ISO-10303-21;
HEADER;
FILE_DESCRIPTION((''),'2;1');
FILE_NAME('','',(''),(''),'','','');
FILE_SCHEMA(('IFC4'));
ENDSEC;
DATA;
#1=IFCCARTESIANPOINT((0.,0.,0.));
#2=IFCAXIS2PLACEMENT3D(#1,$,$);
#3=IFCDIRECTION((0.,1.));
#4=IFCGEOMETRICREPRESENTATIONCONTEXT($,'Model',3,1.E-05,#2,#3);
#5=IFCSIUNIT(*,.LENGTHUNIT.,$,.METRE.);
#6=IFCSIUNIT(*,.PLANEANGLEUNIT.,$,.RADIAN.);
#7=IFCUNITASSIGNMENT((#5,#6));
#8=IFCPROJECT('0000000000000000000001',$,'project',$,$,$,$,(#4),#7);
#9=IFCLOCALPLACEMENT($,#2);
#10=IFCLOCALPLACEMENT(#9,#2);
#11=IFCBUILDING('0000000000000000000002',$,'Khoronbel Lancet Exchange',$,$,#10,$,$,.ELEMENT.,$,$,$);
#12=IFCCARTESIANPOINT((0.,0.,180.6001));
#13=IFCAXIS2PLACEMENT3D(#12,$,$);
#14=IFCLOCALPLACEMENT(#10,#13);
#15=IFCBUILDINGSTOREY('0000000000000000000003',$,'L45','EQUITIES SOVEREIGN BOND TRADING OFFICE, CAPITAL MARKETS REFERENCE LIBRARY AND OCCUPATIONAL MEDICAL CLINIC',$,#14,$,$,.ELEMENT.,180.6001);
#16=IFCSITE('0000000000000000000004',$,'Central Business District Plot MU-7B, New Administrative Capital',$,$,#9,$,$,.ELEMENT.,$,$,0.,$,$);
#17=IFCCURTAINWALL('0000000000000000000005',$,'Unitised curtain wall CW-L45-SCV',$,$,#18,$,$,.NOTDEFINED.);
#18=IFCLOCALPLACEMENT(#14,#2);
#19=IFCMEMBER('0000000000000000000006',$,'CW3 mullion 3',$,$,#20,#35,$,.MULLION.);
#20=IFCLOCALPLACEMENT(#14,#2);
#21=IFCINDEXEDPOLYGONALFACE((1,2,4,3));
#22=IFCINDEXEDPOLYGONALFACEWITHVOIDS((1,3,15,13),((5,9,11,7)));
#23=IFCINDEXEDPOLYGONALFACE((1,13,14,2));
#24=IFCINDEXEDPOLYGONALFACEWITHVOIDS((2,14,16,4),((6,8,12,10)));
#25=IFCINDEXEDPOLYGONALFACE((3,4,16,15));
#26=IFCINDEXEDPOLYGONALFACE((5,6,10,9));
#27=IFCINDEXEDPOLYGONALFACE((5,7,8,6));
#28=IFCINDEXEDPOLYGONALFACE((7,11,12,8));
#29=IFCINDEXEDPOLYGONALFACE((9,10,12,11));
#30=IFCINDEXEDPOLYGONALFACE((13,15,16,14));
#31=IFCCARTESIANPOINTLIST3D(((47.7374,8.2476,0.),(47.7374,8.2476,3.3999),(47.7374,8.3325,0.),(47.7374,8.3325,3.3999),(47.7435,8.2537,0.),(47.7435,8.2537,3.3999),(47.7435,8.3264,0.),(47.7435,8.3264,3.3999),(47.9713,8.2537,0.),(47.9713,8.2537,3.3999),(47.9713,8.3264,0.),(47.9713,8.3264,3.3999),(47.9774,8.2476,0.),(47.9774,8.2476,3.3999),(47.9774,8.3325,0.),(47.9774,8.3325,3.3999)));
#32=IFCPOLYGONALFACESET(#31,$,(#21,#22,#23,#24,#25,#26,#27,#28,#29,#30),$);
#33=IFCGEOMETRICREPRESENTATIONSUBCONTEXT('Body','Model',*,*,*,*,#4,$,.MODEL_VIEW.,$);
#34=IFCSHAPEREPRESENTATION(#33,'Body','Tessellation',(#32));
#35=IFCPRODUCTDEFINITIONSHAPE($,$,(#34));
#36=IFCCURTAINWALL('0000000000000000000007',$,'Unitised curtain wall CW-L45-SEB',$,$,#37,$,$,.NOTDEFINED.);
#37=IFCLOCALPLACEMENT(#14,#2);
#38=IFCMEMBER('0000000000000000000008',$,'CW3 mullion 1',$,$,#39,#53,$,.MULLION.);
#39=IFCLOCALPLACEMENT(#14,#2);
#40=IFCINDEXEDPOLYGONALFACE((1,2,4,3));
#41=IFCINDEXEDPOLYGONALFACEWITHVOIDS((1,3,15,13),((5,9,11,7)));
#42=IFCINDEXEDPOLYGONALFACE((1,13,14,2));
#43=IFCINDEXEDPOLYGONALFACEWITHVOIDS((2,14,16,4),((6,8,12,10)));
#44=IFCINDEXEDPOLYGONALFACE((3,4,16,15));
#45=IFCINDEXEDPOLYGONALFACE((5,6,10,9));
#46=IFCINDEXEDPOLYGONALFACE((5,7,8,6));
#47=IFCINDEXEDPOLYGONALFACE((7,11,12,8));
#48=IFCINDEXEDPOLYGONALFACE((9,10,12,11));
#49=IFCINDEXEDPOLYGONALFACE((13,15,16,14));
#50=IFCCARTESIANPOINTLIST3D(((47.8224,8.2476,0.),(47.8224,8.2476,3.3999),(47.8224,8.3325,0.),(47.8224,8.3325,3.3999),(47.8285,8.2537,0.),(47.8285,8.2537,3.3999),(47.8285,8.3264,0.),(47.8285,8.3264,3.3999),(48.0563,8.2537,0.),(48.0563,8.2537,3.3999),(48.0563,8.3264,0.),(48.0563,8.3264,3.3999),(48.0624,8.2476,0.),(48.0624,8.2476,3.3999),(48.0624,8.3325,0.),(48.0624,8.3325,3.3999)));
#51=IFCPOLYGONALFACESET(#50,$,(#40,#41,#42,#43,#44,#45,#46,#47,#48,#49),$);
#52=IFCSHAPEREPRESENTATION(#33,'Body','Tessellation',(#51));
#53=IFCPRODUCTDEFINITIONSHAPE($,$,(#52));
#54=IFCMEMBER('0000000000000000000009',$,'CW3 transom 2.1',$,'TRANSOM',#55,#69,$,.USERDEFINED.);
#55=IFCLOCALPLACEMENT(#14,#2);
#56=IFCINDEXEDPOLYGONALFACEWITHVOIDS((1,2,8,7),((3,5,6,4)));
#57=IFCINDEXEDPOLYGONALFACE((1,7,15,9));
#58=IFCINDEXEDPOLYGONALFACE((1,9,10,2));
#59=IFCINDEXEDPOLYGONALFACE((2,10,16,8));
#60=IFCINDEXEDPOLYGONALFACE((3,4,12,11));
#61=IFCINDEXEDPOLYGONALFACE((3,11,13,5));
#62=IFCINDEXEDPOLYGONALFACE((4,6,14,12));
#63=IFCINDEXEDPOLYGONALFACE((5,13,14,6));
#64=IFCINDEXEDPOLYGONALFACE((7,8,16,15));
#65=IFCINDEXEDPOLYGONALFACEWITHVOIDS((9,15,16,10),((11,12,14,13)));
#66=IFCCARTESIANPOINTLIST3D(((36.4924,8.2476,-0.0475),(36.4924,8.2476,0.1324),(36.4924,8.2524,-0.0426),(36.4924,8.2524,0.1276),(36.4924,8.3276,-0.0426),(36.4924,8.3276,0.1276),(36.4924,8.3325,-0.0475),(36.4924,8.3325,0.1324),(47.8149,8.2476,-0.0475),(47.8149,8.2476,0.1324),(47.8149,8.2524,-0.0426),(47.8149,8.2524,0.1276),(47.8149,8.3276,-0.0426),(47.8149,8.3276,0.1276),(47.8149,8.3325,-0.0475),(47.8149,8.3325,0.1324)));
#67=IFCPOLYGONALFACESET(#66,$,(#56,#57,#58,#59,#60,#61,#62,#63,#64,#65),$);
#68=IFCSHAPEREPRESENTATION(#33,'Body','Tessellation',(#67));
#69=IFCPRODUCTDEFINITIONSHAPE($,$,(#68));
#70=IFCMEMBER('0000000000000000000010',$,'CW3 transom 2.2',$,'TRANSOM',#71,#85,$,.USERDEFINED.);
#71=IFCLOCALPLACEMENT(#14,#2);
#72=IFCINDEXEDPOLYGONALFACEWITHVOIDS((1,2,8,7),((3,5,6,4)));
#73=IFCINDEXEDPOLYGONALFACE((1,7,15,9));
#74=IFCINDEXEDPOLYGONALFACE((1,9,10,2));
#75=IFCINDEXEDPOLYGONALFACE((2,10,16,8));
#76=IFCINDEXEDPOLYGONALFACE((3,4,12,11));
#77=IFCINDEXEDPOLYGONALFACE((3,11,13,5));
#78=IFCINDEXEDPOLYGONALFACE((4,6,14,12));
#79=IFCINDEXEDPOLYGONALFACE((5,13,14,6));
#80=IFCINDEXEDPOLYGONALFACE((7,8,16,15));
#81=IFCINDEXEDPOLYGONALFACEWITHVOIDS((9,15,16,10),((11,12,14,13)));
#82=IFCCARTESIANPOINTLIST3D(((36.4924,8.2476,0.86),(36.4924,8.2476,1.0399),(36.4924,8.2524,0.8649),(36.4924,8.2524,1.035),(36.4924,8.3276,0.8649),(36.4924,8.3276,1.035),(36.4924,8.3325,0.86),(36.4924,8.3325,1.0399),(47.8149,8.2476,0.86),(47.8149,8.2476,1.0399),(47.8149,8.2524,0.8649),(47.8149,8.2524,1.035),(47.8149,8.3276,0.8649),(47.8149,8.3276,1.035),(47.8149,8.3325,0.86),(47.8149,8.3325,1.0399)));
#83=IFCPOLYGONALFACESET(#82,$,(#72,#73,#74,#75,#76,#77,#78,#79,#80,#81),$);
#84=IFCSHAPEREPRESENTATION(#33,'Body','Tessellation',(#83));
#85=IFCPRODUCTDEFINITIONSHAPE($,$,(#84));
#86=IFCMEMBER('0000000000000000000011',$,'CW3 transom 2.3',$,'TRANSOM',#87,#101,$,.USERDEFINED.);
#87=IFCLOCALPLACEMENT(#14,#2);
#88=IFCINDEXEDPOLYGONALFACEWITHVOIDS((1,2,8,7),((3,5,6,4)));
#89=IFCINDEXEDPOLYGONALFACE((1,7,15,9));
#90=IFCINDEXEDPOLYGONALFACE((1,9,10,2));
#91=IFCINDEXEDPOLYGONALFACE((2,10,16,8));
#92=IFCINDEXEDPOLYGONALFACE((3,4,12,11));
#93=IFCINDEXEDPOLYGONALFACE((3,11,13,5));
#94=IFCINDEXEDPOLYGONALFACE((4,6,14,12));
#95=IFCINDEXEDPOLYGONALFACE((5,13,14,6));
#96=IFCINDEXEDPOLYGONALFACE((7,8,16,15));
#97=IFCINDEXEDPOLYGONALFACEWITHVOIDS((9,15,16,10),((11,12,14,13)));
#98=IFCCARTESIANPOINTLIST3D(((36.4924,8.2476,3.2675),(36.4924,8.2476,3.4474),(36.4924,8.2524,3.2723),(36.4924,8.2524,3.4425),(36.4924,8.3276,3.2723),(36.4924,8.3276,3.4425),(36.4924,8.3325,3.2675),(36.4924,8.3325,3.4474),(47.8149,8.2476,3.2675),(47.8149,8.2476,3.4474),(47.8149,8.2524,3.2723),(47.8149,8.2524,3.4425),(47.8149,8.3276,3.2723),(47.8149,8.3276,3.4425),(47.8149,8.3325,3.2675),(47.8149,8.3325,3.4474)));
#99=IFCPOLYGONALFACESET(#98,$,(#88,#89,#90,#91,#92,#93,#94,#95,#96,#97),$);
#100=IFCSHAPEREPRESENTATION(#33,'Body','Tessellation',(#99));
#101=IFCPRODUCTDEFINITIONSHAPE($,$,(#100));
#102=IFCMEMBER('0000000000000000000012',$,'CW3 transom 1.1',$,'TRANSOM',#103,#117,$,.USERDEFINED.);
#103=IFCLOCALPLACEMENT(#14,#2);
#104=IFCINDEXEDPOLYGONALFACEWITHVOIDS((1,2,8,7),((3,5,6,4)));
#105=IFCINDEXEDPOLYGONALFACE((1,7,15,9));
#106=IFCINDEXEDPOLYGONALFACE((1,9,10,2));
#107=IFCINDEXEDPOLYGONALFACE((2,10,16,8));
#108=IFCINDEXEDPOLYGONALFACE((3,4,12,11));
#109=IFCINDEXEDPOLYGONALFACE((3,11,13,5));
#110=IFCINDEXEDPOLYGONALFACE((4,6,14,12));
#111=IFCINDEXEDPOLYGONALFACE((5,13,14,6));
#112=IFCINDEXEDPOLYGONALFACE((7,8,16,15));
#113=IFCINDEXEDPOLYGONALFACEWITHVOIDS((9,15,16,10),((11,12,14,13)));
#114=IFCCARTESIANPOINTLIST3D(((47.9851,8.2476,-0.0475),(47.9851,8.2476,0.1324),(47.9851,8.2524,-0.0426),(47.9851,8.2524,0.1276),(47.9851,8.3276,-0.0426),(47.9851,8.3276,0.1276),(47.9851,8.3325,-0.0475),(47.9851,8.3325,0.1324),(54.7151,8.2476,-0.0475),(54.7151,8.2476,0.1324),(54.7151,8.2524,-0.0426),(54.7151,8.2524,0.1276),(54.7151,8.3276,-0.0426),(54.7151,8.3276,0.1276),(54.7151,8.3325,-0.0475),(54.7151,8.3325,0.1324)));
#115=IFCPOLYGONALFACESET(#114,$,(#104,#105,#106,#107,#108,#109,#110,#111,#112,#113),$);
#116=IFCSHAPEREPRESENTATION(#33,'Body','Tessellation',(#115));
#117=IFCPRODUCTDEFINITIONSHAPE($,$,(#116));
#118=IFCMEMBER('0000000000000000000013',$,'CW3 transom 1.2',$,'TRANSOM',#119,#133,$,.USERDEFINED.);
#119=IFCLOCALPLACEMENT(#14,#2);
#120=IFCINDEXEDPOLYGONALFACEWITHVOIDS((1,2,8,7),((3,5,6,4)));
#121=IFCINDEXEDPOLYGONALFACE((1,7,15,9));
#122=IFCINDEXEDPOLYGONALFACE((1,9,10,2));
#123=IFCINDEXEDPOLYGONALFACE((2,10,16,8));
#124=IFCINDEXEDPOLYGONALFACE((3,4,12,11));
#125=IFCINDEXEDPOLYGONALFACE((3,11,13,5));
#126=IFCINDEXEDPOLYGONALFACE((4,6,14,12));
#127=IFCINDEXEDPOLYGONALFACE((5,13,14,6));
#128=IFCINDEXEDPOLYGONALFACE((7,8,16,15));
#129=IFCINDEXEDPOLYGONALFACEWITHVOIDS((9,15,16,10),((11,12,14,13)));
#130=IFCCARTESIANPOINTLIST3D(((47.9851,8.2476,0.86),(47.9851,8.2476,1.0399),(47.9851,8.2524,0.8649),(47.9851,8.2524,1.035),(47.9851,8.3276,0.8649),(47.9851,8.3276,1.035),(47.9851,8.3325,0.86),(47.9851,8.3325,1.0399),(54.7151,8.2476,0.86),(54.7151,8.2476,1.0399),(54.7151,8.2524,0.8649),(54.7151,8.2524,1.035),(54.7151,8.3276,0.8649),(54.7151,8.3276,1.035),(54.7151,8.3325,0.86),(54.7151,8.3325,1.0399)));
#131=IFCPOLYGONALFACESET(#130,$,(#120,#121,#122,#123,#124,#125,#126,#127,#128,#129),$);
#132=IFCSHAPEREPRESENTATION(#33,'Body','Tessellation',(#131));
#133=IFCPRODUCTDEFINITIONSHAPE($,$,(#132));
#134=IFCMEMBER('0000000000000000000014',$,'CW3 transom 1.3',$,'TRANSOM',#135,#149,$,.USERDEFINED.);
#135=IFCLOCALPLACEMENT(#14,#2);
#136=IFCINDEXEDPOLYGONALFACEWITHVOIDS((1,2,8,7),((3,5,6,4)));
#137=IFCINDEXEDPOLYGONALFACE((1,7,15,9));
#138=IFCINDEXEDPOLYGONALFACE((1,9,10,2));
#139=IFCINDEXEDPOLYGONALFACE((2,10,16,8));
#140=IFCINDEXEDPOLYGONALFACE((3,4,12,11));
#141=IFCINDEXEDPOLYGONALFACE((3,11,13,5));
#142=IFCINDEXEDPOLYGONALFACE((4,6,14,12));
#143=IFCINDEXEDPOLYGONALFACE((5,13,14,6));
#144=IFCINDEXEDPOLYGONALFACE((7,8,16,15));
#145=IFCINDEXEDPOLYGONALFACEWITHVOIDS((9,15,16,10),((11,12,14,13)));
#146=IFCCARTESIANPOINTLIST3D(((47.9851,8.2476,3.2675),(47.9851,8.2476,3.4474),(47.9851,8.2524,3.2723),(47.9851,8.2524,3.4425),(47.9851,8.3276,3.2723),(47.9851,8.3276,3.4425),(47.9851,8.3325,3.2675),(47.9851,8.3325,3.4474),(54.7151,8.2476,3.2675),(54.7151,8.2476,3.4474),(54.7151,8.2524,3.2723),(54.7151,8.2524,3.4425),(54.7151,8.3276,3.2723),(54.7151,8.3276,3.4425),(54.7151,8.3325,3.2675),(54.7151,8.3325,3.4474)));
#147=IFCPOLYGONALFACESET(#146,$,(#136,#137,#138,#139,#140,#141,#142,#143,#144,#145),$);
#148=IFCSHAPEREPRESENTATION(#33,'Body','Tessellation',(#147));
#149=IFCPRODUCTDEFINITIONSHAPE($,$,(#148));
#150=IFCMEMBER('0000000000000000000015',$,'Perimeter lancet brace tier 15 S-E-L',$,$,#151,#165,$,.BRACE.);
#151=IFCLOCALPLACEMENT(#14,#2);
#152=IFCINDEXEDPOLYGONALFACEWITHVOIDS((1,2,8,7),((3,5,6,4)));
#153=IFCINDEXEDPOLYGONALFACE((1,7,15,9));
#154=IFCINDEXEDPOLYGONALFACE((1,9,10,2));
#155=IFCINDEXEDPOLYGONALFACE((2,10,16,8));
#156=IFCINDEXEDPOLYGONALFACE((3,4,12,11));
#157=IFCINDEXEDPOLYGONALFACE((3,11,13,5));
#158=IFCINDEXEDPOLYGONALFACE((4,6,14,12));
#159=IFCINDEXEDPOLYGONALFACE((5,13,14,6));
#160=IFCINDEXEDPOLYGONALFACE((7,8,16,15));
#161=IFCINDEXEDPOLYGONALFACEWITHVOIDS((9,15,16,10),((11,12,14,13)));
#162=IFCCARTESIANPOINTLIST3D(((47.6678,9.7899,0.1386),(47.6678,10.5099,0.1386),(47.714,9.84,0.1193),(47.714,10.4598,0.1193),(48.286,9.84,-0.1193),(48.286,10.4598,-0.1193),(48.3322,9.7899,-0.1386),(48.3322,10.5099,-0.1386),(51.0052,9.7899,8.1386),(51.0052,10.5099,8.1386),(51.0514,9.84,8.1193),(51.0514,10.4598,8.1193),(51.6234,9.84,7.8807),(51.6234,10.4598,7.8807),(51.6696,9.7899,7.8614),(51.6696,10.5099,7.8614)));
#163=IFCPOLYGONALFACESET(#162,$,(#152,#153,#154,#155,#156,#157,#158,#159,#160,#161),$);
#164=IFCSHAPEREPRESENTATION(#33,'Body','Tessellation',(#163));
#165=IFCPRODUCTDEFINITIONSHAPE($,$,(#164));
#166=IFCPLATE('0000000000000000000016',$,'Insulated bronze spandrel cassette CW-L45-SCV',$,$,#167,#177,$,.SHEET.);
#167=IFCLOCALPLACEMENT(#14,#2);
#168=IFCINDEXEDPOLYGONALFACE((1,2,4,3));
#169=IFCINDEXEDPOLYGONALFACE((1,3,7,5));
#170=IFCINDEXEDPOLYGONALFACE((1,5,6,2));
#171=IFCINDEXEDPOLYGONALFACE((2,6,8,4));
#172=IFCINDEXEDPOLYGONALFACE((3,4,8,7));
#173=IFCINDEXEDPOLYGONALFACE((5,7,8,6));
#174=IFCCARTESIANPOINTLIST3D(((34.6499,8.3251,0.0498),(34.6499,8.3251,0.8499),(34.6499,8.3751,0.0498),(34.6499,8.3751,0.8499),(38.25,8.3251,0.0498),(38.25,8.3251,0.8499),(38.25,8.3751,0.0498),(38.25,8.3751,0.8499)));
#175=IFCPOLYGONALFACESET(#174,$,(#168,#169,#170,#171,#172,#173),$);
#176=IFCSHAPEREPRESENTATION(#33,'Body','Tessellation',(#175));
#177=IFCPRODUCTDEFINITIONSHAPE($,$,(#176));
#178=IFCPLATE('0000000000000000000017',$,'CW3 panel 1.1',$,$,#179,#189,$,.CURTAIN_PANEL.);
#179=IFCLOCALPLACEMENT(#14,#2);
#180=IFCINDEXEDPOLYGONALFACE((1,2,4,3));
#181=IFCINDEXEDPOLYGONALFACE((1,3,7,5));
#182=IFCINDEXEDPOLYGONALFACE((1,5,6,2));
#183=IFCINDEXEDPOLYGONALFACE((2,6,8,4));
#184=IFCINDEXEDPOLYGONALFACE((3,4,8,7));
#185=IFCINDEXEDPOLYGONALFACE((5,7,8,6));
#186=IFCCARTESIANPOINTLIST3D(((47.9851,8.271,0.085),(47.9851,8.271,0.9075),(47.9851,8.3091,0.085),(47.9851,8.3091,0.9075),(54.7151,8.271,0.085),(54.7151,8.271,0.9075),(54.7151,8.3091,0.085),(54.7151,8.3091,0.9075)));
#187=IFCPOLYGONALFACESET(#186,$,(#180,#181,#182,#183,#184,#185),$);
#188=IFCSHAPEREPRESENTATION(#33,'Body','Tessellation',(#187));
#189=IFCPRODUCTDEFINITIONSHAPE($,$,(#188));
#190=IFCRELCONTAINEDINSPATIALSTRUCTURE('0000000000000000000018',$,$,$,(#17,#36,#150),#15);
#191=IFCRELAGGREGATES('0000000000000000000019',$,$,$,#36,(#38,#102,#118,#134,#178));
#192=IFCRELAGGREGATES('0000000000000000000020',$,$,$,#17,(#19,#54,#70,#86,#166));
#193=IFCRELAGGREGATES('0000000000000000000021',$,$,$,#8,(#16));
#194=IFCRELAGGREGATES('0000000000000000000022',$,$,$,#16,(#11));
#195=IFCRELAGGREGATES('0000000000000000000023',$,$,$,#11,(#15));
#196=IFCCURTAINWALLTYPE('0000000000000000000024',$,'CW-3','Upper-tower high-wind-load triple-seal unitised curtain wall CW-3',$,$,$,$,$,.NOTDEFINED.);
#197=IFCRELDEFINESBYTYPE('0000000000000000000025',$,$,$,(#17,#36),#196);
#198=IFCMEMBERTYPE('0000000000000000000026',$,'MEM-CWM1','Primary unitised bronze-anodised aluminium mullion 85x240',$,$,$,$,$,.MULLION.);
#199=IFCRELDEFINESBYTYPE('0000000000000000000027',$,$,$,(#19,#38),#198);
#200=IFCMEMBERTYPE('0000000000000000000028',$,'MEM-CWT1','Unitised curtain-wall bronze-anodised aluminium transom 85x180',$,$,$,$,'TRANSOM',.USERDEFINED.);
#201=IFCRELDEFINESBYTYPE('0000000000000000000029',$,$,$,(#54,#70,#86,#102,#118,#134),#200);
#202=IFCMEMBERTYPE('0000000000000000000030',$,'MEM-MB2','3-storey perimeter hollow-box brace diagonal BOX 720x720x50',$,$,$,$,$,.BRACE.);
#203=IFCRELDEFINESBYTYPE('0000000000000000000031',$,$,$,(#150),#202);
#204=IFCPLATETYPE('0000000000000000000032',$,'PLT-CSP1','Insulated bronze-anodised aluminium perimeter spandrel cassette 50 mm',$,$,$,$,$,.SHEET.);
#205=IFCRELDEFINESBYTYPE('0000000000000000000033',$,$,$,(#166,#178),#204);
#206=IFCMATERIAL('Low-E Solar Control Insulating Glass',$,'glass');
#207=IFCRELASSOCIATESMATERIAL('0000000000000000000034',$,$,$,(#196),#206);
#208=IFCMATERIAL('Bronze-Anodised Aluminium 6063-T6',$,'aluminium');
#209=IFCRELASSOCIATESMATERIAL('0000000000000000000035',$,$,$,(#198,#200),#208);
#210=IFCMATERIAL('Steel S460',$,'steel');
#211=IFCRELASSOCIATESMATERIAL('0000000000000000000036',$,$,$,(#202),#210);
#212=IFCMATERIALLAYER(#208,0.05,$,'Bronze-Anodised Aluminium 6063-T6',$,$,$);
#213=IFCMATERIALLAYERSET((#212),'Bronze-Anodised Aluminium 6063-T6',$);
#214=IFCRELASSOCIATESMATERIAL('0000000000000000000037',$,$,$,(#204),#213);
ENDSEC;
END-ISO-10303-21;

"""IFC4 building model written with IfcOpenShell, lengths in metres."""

from ifc_helpers import new_model, si_unit, direction, frame, origin, origin_2d, place, context, subcontext, project, spatial, rectangle, hollow_rectangle, extrude, material, layer, layer_set, material_profile, profile_set, type_object, element, aggregate, save


model = new_model("IFC4")

# Units and contexts
model_context = context("Model", 3, precision=1e-05, world=origin(), true_north=direction((0.0, 1.0)))
body_context = subcontext(model_context, "Body", "Model", "MODEL_VIEW")
ifc_project = project(units=[si_unit("LENGTHUNIT", "METRE"), si_unit("PLANEANGLEUNIT", "RADIAN")], contexts=[model_context])

# Site, building, storey
site_placement = place(None, origin())
site = spatial("IfcSite", under=ifc_project, at=site_placement, Name="Central Business District Plot MU-7B, New Administrative Capital", CompositionType="ELEMENT", RefElevation=0.0)
building_placement = place(site_placement, origin())
building = spatial("IfcBuilding", under=site, at=building_placement, Name="Khoronbel Lancet Exchange", CompositionType="ELEMENT")
storey_placement = place(building_placement, frame((0.0, 0.0, 180.6001)))
storey = spatial("IfcBuildingStorey", under=building, at=storey_placement, Name="L45", Description="EQUITIES SOVEREIGN BOND TRADING OFFICE, CAPITAL MARKETS REFERENCE LIBRARY AND OCCUPATIONAL MEDICAL CLINIC", CompositionType="ELEMENT", Elevation=180.6001)

# Shared definitions
ifc_material_1 = material(Name="Steel S460", Category="steel")

# Curtain wall, member
ifc_material_2 = material(Name="Low-E Solar Control Insulating Glass", Category="glass")
curtain_wall_type = type_object("IfcCurtainWallType", Name="CW-3", Description="Upper-tower high-wind-load triple-seal unitised curtain wall CW-3", PredefinedType="NOTDEFINED", material=ifc_material_2)
curtain_wall_1_placement = place(storey_placement, origin())
curtain_wall_1 = element("IfcCurtainWall", 1, at=curtain_wall_1_placement, inside=storey, type_object=curtain_wall_type, Name="Unitised curtain wall CW-L45-SCV", PredefinedType="NOTDEFINED")
ifc_material_3 = material(Name="Bronze-Anodised Aluminium 6063-T6", Category="aluminium")
ifc_material_profile_1 = material_profile(ifc_material_3, hollow_rectangle(XDim=0.085, YDim=0.24, WallThickness=0.0061, at=origin_2d()), Name="ALU MULLION 85x240")
ifc_profile_set_1 = profile_set([ifc_material_profile_1], Name="Bronze-Anodised Aluminium 6063-T6")
member_type_1 = type_object("IfcMemberType", Name="MEM-CWM1", Description="Primary unitised bronze-anodised aluminium mullion 85x240", PredefinedType="MULLION", material=ifc_profile_set_1)
member_1_placement = place(storey_placement, frame((47.8574, 8.29, 0.0), z_axis=(0.0, 0.0, 1.0), x_axis=(0.0, 1.0, 0.0)))
member_1 = element("IfcMember", 2, at=member_1_placement, type_object=member_type_1, Name="CW3 mullion 3", PredefinedType="MULLION", context=body_context, shape_type="SweptSolid", body=[
    extrude(hollow_rectangle(XDim=0.085, YDim=0.24, WallThickness=0.0061, at=origin_2d()), origin(), (0.0, 0.0, 1.0), 3.3999),
])

# Curtain wall, member
curtain_wall_2_placement = place(storey_placement, origin())
curtain_wall_2 = element("IfcCurtainWall", 3, at=curtain_wall_2_placement, inside=storey, type_object=curtain_wall_type, Name="Unitised curtain wall CW-L45-SEB", PredefinedType="NOTDEFINED")
member_2_placement = place(storey_placement, frame((47.9424, 8.29, 0.0), z_axis=(0.0, 0.0, 1.0), x_axis=(0.0, 1.0, 0.0)))
member_2 = element("IfcMember", 4, at=member_2_placement, type_object=member_type_1, Name="CW3 mullion 1", PredefinedType="MULLION", context=body_context, shape_type="SweptSolid", body=[
    extrude(hollow_rectangle(XDim=0.085, YDim=0.24, WallThickness=0.0061, at=origin_2d()), origin(), (0.0, 0.0, 1.0), 3.3999),
])

# Members
ifc_material_profile_2 = material_profile(ifc_material_3, hollow_rectangle(XDim=0.085, YDim=0.1799, WallThickness=0.0049, at=origin_2d()), Name="ALU TRANSOM 85x180")
ifc_profile_set_2 = profile_set([ifc_material_profile_2], Name="Bronze-Anodised Aluminium 6063-T6")
member_type_2 = type_object("IfcMemberType", Name="MEM-CWT1", Description="Unitised curtain-wall bronze-anodised aluminium transom 85x180", ElementType="TRANSOM", PredefinedType="USERDEFINED", material=ifc_profile_set_2)
member_3_placement = place(storey_placement, frame((36.4924, 8.29, 0.0425), z_axis=(1.0, 0.0, 0.0), x_axis=(0.0, 1.0, 0.0)))
member_3 = element("IfcMember", 5, at=member_3_placement, type_object=member_type_2, Name="CW3 transom 2.1", ObjectType="TRANSOM", PredefinedType="USERDEFINED", context=body_context, shape_type="SweptSolid", body=[
    extrude(hollow_rectangle(XDim=0.085, YDim=0.1799, WallThickness=0.0049, at=origin_2d()), origin(), (0.0, 0.0, 1.0), 11.3225),
])
member_4_placement = place(storey_placement, frame((36.4924, 8.29, 0.95), z_axis=(1.0, 0.0, 0.0), x_axis=(0.0, 1.0, 0.0)))
member_4 = element("IfcMember", 6, at=member_4_placement, type_object=member_type_2, Name="CW3 transom 2.2", ObjectType="TRANSOM", PredefinedType="USERDEFINED", context=body_context, shape_type="SweptSolid", body=[
    extrude(hollow_rectangle(XDim=0.085, YDim=0.1799, WallThickness=0.0049, at=origin_2d()), origin(), (0.0, 0.0, 1.0), 11.3225),
])
member_5_placement = place(storey_placement, frame((36.4924, 8.29, 3.3574), z_axis=(1.0, 0.0, 0.0), x_axis=(0.0, 1.0, 0.0)))
member_5 = element("IfcMember", 7, at=member_5_placement, type_object=member_type_2, Name="CW3 transom 2.3", ObjectType="TRANSOM", PredefinedType="USERDEFINED", context=body_context, shape_type="SweptSolid", body=[
    extrude(hollow_rectangle(XDim=0.085, YDim=0.1799, WallThickness=0.0049, at=origin_2d()), origin(), (0.0, 0.0, 1.0), 11.3225),
])
member_6_placement = place(storey_placement, frame((47.9851, 8.29, 0.0425), z_axis=(1.0, 0.0, 0.0), x_axis=(0.0, 1.0, 0.0)))
member_6 = element("IfcMember", 8, at=member_6_placement, type_object=member_type_2, Name="CW3 transom 1.1", ObjectType="TRANSOM", PredefinedType="USERDEFINED", context=body_context, shape_type="SweptSolid", body=[
    extrude(hollow_rectangle(XDim=0.085, YDim=0.1799, WallThickness=0.0049, at=origin_2d()), origin(), (0.0, 0.0, 1.0), 6.73),
])
member_7_placement = place(storey_placement, frame((47.9851, 8.29, 0.95), z_axis=(1.0, 0.0, 0.0), x_axis=(0.0, 1.0, 0.0)))
member_7 = element("IfcMember", 9, at=member_7_placement, type_object=member_type_2, Name="CW3 transom 1.2", ObjectType="TRANSOM", PredefinedType="USERDEFINED", context=body_context, shape_type="SweptSolid", body=[
    extrude(hollow_rectangle(XDim=0.085, YDim=0.1799, WallThickness=0.0049, at=origin_2d()), origin(), (0.0, 0.0, 1.0), 6.73),
])
member_8_placement = place(storey_placement, frame((47.9851, 8.29, 3.3574), z_axis=(1.0, 0.0, 0.0), x_axis=(0.0, 1.0, 0.0)))
member_8 = element("IfcMember", 10, at=member_8_placement, type_object=member_type_2, Name="CW3 transom 1.3", ObjectType="TRANSOM", PredefinedType="USERDEFINED", context=body_context, shape_type="SweptSolid", body=[
    extrude(hollow_rectangle(XDim=0.085, YDim=0.1799, WallThickness=0.0049, at=origin_2d()), origin(), (0.0, 0.0, 1.0), 6.73),
])
ifc_material_profile_3 = material_profile(ifc_material_1, hollow_rectangle(XDim=0.72, YDim=0.72, WallThickness=0.05, at=origin_2d()), Name="BOX 720x720x50")
ifc_profile_set_3 = profile_set([ifc_material_profile_3], Name="Steel S460")
member_type_3 = type_object("IfcMemberType", Name="MEM-MB2", Description="3-storey perimeter hollow-box brace diagonal BOX 720x720x50", PredefinedType="BRACE", material=ifc_profile_set_3)
member_9_placement = place(storey_placement, frame((48.0, 10.1499, 0.0), z_axis=(0.385015, 0.0, 0.92291), x_axis=(0.0, 1.0, 0.0)))
element("IfcMember", 11, at=member_9_placement, inside=storey, type_object=member_type_3, Name="Perimeter lancet brace tier 15 S-E-L", PredefinedType="BRACE", context=body_context, shape_type="SweptSolid", body=[
    extrude(hollow_rectangle(XDim=0.72, YDim=0.72, WallThickness=0.05, at=origin_2d()), origin(), (0.0, 0.0, 1.0), 8.6682),
])

# Plates
ifc_layer_1 = layer(ifc_material_3, 0.05, Name="Bronze-Anodised Aluminium 6063-T6")
ifc_layer_set_1 = layer_set([ifc_layer_1], Name="Bronze-Anodised Aluminium 6063-T6")
plate_type_1 = type_object("IfcPlateType", Name="PLT-CSP1", Description="Insulated bronze-anodised aluminium perimeter spandrel cassette 50 mm", PredefinedType="SHEET", material=ifc_layer_set_1)
plate_1_placement = place(storey_placement, frame((36.45, 8.3501, 0.0498), z_axis=(0.0, 0.0, 1.0), x_axis=(1.0, 0.0, 0.0)))
plate_1 = element("IfcPlate", 12, at=plate_1_placement, type_object=plate_type_1, Name="Insulated bronze spandrel cassette CW-L45-SCV", PredefinedType="SHEET", context=body_context, shape_type="SweptSolid", body=[
    extrude(rectangle(XDim=3.6001, YDim=0.05, at=origin_2d()), origin(), (0.0, 0.0, 1.0), 0.8),
])
plate_2_placement = place(storey_placement, frame((51.3501, 8.29, 0.085), z_axis=(0.0, 0.0, 1.0), x_axis=(1.0, 0.0, 0.0)))
plate_2 = element("IfcPlate", 13, at=plate_2_placement, type_object=plate_type_1, Name="CW3 panel 1.1", PredefinedType="CURTAIN_PANEL", context=body_context, shape_type="SweptSolid", body=[
    extrude(rectangle(XDim=6.73, YDim=0.0381, at=origin_2d()), origin(), (0.0, 0.0, 1.0), 0.8225),
])
aggregate(curtain_wall_2, [member_2, member_6, member_7, member_8, plate_2])
aggregate(curtain_wall_1, [member_1, member_3, member_4, member_5, plate_1])

save(model, "model.ifc")
